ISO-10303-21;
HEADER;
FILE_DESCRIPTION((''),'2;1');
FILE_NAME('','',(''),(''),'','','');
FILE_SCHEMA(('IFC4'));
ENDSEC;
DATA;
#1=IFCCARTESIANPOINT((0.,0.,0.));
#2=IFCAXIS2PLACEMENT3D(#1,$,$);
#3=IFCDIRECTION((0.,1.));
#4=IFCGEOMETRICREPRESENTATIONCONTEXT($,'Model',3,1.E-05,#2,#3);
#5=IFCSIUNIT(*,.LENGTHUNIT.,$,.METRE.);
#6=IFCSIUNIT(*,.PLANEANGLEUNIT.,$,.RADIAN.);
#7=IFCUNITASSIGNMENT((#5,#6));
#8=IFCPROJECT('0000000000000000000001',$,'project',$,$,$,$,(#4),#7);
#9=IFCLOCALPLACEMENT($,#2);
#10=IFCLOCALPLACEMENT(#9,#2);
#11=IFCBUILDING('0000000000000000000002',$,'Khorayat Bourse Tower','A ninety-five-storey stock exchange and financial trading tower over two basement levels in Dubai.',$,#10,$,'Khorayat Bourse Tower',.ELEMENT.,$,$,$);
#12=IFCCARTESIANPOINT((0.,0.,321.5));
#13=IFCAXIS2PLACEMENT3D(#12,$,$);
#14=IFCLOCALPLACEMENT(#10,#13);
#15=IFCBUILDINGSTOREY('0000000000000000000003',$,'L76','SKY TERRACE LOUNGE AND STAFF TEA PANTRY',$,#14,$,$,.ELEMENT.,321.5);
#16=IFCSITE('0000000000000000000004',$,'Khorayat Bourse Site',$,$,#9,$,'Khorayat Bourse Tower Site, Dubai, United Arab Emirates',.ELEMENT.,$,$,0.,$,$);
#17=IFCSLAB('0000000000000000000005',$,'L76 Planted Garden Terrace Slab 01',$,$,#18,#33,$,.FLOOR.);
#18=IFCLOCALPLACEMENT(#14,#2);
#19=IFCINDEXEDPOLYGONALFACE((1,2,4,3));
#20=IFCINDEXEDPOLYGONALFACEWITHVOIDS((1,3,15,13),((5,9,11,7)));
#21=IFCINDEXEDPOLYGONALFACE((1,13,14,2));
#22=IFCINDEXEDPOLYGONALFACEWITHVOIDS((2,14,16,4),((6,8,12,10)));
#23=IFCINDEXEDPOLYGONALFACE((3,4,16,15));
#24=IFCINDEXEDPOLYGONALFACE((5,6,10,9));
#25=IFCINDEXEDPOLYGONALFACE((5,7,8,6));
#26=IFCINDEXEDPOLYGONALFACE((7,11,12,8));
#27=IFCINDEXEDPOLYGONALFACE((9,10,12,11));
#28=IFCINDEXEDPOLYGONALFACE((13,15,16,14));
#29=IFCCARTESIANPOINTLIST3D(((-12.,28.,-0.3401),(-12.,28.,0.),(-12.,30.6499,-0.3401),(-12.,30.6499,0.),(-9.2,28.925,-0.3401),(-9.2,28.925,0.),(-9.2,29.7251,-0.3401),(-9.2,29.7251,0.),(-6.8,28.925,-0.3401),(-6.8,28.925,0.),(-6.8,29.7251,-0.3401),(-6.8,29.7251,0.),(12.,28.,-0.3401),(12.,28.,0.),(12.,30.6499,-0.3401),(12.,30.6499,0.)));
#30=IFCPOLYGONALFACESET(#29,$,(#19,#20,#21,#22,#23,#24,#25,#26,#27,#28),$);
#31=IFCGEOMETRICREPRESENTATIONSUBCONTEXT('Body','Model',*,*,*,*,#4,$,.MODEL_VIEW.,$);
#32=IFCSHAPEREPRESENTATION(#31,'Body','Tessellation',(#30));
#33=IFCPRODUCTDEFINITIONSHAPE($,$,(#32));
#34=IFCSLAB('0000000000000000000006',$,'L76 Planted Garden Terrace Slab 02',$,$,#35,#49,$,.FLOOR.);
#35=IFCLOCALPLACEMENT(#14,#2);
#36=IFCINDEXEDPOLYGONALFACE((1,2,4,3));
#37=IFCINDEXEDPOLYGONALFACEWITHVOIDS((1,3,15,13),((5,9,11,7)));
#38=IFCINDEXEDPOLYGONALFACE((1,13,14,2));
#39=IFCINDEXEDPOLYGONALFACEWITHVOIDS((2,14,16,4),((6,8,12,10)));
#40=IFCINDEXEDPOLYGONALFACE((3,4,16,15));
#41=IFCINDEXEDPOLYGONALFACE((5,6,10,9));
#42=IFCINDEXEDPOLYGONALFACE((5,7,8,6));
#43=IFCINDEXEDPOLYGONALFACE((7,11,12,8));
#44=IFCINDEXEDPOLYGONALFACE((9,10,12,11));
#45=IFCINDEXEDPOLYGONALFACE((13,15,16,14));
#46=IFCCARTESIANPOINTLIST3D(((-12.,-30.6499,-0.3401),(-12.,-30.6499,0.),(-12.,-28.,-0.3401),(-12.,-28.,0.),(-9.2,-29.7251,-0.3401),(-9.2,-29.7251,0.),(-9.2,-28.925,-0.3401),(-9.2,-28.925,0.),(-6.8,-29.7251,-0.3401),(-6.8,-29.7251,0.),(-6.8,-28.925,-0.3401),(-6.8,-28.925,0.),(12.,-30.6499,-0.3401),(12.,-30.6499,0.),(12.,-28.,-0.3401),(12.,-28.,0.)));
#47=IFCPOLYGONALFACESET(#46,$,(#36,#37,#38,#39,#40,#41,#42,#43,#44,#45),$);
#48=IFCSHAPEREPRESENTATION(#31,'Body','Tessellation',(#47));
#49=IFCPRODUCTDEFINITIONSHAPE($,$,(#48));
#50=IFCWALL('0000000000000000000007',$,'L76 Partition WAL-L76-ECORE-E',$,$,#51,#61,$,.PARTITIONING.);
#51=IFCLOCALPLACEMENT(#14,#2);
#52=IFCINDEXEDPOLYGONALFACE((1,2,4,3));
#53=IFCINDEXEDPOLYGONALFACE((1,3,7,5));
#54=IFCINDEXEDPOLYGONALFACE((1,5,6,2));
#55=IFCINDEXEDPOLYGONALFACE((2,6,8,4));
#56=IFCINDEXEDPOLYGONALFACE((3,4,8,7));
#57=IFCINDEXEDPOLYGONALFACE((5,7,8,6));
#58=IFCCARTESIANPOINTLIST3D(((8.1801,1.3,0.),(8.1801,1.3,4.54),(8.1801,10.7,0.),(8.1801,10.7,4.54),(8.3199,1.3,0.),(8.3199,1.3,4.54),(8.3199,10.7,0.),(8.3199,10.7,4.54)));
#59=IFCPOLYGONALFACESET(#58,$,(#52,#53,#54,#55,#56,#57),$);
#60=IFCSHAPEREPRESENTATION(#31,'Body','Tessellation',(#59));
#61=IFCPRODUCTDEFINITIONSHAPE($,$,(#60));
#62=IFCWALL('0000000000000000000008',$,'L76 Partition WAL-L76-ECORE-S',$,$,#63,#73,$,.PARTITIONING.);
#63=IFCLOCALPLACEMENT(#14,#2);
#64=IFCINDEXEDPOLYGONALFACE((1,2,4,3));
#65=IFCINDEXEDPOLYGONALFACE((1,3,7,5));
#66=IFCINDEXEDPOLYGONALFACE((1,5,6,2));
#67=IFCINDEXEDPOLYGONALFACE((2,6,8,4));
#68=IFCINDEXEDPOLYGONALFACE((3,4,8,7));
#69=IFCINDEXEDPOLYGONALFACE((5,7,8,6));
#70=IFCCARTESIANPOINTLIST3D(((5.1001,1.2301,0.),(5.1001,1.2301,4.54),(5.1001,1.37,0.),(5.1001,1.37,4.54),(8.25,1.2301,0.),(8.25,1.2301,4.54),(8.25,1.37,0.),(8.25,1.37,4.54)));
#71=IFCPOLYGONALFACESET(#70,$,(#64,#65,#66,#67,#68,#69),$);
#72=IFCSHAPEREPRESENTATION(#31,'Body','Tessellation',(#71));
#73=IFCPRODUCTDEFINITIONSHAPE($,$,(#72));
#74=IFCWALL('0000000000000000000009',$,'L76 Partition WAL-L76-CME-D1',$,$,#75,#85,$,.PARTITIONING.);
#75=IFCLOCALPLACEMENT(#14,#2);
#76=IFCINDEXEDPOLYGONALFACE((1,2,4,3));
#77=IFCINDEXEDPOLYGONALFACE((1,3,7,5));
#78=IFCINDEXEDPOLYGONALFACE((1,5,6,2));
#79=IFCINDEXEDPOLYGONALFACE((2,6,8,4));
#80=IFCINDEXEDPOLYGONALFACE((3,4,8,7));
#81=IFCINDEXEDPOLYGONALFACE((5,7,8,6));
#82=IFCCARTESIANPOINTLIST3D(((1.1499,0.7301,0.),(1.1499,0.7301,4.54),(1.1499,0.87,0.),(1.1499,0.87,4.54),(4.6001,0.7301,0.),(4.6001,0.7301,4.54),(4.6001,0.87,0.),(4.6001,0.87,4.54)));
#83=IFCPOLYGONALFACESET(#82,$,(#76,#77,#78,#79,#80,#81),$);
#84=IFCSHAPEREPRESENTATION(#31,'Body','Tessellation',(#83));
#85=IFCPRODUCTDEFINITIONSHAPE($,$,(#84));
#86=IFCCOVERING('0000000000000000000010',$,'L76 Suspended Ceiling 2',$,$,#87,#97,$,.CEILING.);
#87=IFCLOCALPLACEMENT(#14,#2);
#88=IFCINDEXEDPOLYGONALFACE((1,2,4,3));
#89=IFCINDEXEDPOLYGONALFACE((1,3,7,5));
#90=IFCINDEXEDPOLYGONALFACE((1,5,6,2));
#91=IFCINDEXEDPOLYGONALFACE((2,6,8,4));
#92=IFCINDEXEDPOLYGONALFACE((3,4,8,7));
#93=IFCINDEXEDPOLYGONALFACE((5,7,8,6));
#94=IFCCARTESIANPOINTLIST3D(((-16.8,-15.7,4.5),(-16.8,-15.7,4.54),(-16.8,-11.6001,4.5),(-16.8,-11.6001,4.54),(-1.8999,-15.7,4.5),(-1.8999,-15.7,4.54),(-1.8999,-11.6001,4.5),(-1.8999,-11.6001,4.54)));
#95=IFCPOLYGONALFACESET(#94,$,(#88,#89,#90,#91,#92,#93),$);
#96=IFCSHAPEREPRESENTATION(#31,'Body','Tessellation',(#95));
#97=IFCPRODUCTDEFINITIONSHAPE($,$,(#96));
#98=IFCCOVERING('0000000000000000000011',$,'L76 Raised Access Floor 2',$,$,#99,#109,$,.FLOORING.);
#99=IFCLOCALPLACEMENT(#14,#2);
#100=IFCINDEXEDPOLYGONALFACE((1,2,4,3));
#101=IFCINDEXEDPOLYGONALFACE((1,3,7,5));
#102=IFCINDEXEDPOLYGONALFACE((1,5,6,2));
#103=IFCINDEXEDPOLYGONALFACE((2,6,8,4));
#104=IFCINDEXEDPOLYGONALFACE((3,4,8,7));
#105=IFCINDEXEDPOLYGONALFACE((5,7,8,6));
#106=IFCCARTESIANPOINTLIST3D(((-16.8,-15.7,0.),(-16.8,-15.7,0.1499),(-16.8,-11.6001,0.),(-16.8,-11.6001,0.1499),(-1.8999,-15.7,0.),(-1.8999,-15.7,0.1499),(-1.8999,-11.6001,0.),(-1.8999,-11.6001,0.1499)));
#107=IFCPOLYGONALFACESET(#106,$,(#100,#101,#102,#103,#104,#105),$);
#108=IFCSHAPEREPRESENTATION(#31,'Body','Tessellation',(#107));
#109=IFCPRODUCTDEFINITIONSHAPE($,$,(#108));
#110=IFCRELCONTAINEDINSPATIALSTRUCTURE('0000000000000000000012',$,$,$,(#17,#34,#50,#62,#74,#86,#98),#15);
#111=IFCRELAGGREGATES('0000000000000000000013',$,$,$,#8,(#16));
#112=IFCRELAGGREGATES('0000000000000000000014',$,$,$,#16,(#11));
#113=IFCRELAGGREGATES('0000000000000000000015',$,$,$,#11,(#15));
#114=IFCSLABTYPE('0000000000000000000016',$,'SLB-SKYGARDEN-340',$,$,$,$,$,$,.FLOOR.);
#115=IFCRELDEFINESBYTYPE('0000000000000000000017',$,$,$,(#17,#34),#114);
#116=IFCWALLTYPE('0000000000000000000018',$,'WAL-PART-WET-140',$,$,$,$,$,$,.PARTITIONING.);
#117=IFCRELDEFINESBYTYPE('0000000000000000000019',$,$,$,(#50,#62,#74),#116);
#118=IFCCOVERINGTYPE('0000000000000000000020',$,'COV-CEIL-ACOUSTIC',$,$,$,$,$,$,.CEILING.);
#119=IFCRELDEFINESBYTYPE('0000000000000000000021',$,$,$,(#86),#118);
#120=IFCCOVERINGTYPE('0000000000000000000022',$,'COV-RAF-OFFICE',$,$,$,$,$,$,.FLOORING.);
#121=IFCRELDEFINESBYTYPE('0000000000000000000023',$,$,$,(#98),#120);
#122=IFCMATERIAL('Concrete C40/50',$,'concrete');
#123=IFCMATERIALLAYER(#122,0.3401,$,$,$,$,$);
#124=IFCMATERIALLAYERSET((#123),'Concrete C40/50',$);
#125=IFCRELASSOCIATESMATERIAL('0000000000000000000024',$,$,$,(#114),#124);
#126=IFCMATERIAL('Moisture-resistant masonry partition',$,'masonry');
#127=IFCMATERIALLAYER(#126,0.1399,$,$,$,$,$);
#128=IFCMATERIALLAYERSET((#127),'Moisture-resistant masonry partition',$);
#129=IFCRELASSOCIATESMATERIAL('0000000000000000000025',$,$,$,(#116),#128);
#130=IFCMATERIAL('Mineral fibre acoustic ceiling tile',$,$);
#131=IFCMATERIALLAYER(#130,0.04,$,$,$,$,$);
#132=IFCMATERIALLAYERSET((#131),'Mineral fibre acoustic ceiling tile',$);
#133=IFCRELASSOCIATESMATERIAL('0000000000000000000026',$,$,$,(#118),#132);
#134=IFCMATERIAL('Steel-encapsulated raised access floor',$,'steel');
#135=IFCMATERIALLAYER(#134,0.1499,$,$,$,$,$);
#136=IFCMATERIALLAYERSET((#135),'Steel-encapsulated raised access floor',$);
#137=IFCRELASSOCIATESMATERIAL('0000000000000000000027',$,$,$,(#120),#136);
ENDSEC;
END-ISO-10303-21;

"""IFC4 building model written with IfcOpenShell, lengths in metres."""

from ifc_helpers import new_model, si_unit, direction, frame, frame_2d, origin, place, context, subcontext, project, spatial, polyline, rectangle, outline, extrude, source, transform, mapped, material, layer, layer_set, type_object, element, save


model = new_model("IFC4")

# Units and contexts
model_context = context("Model", 3, precision=1e-05, world=origin(), true_north=direction((0.0, 1.0)))
body_context = subcontext(model_context, "Body", "Model", "MODEL_VIEW")
ifc_project = project(units=[si_unit("LENGTHUNIT", "METRE"), si_unit("PLANEANGLEUNIT", "RADIAN")], contexts=[model_context])

# Site, building, storey
site_placement = place(None, origin())
site = spatial("IfcSite", under=ifc_project, at=site_placement, Name="Khorayat Bourse Site", LongName="Khorayat Bourse Tower Site, Dubai, United Arab Emirates", CompositionType="ELEMENT", RefElevation=0.0)
building_placement = place(site_placement, origin())
building = spatial("IfcBuilding", under=site, at=building_placement, Name="Khorayat Bourse Tower", Description="A ninety-five-storey stock exchange and financial trading tower over two basement levels in Dubai.", LongName="Khorayat Bourse Tower", CompositionType="ELEMENT")
storey_placement = place(building_placement, frame((0.0, 0.0, 321.5)))
storey = spatial("IfcBuildingStorey", under=building, at=storey_placement, Name="L76", Description="SKY TERRACE LOUNGE AND STAFF TEA PANTRY", CompositionType="ELEMENT", Elevation=321.5)

# Shared definitions
ifc_material_1 = material(Name="Concrete C40/50", Category="concrete")

# Slabs
ifc_layer_1 = layer(ifc_material_1, 0.3401)
ifc_layer_set_1 = layer_set([ifc_layer_1], Name="Concrete C40/50")
slab_type_1 = type_object("IfcSlabType", Name="SLB-SKYGARDEN-340", PredefinedType="FLOOR", material=ifc_layer_set_1)
slab_1_placement = place(storey_placement, frame((0.0, 0.0, -0.3401)))
element("IfcSlab", 1, at=slab_1_placement, inside=storey, type_object=slab_type_1, Name="L76 Planted Garden Terrace Slab 01", PredefinedType="FLOOR", context=body_context, shape_type="SweptSolid", body=[
    extrude(outline(polyline([(-12.0, 28.0), (12.0, 28.0), (12.0, 30.6499), (-12.0, 30.6499), (-12.0, 28.0)]), holes=[polyline([(-9.2, 28.925), (-6.8, 28.925), (-6.8, 29.7251), (-9.2, 29.7251), (-9.2, 28.925)])]), origin(), (0.0, 0.0, 1.0), 0.3401),
])
slab_2_placement = place(storey_placement, frame((0.0, 0.0, -0.3401)))
element("IfcSlab", 2, at=slab_2_placement, inside=storey, type_object=slab_type_1, Name="L76 Planted Garden Terrace Slab 02", PredefinedType="FLOOR", context=body_context, shape_type="SweptSolid", body=[
    extrude(outline(polyline([(-12.0, -30.6499), (12.0, -30.6499), (12.0, -28.0), (-12.0, -28.0), (-12.0, -30.6499)]), holes=[polyline([(-9.2, -29.7251), (-6.8, -29.7251), (-6.8, -28.925), (-9.2, -28.925), (-9.2, -29.7251)])]), origin(), (0.0, 0.0, 1.0), 0.3401),
])

# Walls
ifc_material_2 = material(Name="Moisture-resistant masonry partition", Category="masonry")
ifc_layer_2 = layer(ifc_material_2, 0.1399)
ifc_layer_set_2 = layer_set([ifc_layer_2], Name="Moisture-resistant masonry partition")
wall_type = type_object("IfcWallType", Name="WAL-PART-WET-140", PredefinedType="PARTITIONING", material=ifc_layer_set_2)
shared_shape_1 = source(origin(), body_context, "Body", "SweptSolid", [
    extrude(rectangle(XDim=9.3999, YDim=0.1399, at=frame_2d((4.7, 0.0))), origin(), (0.0, 0.0, 1.0), 4.54),
])
wall_1_placement = place(storey_placement, frame((8.25, 1.3, 0.0), z_axis=(0.0, 0.0, 1.0), x_axis=(0.0, 1.0, 0.0)))
element("IfcWall", 3, at=wall_1_placement, inside=storey, type_object=wall_type, Name="L76 Partition WAL-L76-ECORE-E", PredefinedType="PARTITIONING", context=body_context, shape_type="MappedRepresentation", body=[
    mapped(shared_shape_1, transform((0.0, 0.0, 0.0), scale=1.0)),
])
shared_shape_2 = source(origin(), body_context, "Body", "SweptSolid", [
    extrude(rectangle(XDim=3.1499, YDim=0.1399, at=frame_2d((1.575, 0.0))), origin(), (0.0, 0.0, 1.0), 4.54),
])
wall_2_placement = place(storey_placement, frame((5.1001, 1.3, 0.0), z_axis=(0.0, 0.0, 1.0), x_axis=(1.0, 0.0, 0.0)))
element("IfcWall", 4, at=wall_2_placement, inside=storey, type_object=wall_type, Name="L76 Partition WAL-L76-ECORE-S", PredefinedType="PARTITIONING", context=body_context, shape_type="MappedRepresentation", body=[
    mapped(shared_shape_2, transform((0.0, 0.0, 0.0), scale=1.0)),
])
shared_shape_3 = source(origin(), body_context, "Body", "SweptSolid", [
    extrude(rectangle(XDim=3.4502, YDim=0.1399, at=frame_2d((1.7251, 0.0))), origin(), (0.0, 0.0, 1.0), 4.54),
])
wall_3_placement = place(storey_placement, frame((1.1499, 0.8, 0.0), z_axis=(0.0, 0.0, 1.0), x_axis=(1.0, 0.0, 0.0)))
element("IfcWall", 5, at=wall_3_placement, inside=storey, type_object=wall_type, Name="L76 Partition WAL-L76-CME-D1", PredefinedType="PARTITIONING", context=body_context, shape_type="MappedRepresentation", body=[
    mapped(shared_shape_3, transform((0.0, 0.0, 0.0), scale=1.0)),
])

# Coverings
ifc_material_3 = material(Name="Mineral fibre acoustic ceiling tile")
ifc_layer_3 = layer(ifc_material_3, 0.04)
ifc_layer_set_3 = layer_set([ifc_layer_3], Name="Mineral fibre acoustic ceiling tile")
covering_type_1 = type_object("IfcCoveringType", Name="COV-CEIL-ACOUSTIC", PredefinedType="CEILING", material=ifc_layer_set_3)
covering_1_placement = place(storey_placement, frame((0.0, 0.0, 4.5)))
element("IfcCovering", 6, at=covering_1_placement, inside=storey, type_object=covering_type_1, Name="L76 Suspended Ceiling 2", PredefinedType="CEILING", context=body_context, shape_type="SweptSolid", body=[
    extrude(outline(polyline([(-16.8, -15.7), (-1.8999, -15.7), (-1.8999, -11.6001), (-16.8, -11.6001), (-16.8, -15.7)])), origin(), (0.0, 0.0, 1.0), 0.04),
])
ifc_material_4 = material(Name="Steel-encapsulated raised access floor", Category="steel")
ifc_layer_4 = layer(ifc_material_4, 0.1499)
ifc_layer_set_4 = layer_set([ifc_layer_4], Name="Steel-encapsulated raised access floor")
covering_type_2 = type_object("IfcCoveringType", Name="COV-RAF-OFFICE", PredefinedType="FLOORING", material=ifc_layer_set_4)
covering_2_placement = place(storey_placement, origin())
element("IfcCovering", 7, at=covering_2_placement, inside=storey, type_object=covering_type_2, Name="L76 Raised Access Floor 2", PredefinedType="FLOORING", context=body_context, shape_type="SweptSolid", body=[
    extrude(outline(polyline([(-16.8, -15.7), (-1.8999, -15.7), (-1.8999, -11.6001), (-16.8, -11.6001), (-16.8, -15.7)])), origin(), (0.0, 0.0, 1.0), 0.1499),
])

save(model, "model.ifc")
